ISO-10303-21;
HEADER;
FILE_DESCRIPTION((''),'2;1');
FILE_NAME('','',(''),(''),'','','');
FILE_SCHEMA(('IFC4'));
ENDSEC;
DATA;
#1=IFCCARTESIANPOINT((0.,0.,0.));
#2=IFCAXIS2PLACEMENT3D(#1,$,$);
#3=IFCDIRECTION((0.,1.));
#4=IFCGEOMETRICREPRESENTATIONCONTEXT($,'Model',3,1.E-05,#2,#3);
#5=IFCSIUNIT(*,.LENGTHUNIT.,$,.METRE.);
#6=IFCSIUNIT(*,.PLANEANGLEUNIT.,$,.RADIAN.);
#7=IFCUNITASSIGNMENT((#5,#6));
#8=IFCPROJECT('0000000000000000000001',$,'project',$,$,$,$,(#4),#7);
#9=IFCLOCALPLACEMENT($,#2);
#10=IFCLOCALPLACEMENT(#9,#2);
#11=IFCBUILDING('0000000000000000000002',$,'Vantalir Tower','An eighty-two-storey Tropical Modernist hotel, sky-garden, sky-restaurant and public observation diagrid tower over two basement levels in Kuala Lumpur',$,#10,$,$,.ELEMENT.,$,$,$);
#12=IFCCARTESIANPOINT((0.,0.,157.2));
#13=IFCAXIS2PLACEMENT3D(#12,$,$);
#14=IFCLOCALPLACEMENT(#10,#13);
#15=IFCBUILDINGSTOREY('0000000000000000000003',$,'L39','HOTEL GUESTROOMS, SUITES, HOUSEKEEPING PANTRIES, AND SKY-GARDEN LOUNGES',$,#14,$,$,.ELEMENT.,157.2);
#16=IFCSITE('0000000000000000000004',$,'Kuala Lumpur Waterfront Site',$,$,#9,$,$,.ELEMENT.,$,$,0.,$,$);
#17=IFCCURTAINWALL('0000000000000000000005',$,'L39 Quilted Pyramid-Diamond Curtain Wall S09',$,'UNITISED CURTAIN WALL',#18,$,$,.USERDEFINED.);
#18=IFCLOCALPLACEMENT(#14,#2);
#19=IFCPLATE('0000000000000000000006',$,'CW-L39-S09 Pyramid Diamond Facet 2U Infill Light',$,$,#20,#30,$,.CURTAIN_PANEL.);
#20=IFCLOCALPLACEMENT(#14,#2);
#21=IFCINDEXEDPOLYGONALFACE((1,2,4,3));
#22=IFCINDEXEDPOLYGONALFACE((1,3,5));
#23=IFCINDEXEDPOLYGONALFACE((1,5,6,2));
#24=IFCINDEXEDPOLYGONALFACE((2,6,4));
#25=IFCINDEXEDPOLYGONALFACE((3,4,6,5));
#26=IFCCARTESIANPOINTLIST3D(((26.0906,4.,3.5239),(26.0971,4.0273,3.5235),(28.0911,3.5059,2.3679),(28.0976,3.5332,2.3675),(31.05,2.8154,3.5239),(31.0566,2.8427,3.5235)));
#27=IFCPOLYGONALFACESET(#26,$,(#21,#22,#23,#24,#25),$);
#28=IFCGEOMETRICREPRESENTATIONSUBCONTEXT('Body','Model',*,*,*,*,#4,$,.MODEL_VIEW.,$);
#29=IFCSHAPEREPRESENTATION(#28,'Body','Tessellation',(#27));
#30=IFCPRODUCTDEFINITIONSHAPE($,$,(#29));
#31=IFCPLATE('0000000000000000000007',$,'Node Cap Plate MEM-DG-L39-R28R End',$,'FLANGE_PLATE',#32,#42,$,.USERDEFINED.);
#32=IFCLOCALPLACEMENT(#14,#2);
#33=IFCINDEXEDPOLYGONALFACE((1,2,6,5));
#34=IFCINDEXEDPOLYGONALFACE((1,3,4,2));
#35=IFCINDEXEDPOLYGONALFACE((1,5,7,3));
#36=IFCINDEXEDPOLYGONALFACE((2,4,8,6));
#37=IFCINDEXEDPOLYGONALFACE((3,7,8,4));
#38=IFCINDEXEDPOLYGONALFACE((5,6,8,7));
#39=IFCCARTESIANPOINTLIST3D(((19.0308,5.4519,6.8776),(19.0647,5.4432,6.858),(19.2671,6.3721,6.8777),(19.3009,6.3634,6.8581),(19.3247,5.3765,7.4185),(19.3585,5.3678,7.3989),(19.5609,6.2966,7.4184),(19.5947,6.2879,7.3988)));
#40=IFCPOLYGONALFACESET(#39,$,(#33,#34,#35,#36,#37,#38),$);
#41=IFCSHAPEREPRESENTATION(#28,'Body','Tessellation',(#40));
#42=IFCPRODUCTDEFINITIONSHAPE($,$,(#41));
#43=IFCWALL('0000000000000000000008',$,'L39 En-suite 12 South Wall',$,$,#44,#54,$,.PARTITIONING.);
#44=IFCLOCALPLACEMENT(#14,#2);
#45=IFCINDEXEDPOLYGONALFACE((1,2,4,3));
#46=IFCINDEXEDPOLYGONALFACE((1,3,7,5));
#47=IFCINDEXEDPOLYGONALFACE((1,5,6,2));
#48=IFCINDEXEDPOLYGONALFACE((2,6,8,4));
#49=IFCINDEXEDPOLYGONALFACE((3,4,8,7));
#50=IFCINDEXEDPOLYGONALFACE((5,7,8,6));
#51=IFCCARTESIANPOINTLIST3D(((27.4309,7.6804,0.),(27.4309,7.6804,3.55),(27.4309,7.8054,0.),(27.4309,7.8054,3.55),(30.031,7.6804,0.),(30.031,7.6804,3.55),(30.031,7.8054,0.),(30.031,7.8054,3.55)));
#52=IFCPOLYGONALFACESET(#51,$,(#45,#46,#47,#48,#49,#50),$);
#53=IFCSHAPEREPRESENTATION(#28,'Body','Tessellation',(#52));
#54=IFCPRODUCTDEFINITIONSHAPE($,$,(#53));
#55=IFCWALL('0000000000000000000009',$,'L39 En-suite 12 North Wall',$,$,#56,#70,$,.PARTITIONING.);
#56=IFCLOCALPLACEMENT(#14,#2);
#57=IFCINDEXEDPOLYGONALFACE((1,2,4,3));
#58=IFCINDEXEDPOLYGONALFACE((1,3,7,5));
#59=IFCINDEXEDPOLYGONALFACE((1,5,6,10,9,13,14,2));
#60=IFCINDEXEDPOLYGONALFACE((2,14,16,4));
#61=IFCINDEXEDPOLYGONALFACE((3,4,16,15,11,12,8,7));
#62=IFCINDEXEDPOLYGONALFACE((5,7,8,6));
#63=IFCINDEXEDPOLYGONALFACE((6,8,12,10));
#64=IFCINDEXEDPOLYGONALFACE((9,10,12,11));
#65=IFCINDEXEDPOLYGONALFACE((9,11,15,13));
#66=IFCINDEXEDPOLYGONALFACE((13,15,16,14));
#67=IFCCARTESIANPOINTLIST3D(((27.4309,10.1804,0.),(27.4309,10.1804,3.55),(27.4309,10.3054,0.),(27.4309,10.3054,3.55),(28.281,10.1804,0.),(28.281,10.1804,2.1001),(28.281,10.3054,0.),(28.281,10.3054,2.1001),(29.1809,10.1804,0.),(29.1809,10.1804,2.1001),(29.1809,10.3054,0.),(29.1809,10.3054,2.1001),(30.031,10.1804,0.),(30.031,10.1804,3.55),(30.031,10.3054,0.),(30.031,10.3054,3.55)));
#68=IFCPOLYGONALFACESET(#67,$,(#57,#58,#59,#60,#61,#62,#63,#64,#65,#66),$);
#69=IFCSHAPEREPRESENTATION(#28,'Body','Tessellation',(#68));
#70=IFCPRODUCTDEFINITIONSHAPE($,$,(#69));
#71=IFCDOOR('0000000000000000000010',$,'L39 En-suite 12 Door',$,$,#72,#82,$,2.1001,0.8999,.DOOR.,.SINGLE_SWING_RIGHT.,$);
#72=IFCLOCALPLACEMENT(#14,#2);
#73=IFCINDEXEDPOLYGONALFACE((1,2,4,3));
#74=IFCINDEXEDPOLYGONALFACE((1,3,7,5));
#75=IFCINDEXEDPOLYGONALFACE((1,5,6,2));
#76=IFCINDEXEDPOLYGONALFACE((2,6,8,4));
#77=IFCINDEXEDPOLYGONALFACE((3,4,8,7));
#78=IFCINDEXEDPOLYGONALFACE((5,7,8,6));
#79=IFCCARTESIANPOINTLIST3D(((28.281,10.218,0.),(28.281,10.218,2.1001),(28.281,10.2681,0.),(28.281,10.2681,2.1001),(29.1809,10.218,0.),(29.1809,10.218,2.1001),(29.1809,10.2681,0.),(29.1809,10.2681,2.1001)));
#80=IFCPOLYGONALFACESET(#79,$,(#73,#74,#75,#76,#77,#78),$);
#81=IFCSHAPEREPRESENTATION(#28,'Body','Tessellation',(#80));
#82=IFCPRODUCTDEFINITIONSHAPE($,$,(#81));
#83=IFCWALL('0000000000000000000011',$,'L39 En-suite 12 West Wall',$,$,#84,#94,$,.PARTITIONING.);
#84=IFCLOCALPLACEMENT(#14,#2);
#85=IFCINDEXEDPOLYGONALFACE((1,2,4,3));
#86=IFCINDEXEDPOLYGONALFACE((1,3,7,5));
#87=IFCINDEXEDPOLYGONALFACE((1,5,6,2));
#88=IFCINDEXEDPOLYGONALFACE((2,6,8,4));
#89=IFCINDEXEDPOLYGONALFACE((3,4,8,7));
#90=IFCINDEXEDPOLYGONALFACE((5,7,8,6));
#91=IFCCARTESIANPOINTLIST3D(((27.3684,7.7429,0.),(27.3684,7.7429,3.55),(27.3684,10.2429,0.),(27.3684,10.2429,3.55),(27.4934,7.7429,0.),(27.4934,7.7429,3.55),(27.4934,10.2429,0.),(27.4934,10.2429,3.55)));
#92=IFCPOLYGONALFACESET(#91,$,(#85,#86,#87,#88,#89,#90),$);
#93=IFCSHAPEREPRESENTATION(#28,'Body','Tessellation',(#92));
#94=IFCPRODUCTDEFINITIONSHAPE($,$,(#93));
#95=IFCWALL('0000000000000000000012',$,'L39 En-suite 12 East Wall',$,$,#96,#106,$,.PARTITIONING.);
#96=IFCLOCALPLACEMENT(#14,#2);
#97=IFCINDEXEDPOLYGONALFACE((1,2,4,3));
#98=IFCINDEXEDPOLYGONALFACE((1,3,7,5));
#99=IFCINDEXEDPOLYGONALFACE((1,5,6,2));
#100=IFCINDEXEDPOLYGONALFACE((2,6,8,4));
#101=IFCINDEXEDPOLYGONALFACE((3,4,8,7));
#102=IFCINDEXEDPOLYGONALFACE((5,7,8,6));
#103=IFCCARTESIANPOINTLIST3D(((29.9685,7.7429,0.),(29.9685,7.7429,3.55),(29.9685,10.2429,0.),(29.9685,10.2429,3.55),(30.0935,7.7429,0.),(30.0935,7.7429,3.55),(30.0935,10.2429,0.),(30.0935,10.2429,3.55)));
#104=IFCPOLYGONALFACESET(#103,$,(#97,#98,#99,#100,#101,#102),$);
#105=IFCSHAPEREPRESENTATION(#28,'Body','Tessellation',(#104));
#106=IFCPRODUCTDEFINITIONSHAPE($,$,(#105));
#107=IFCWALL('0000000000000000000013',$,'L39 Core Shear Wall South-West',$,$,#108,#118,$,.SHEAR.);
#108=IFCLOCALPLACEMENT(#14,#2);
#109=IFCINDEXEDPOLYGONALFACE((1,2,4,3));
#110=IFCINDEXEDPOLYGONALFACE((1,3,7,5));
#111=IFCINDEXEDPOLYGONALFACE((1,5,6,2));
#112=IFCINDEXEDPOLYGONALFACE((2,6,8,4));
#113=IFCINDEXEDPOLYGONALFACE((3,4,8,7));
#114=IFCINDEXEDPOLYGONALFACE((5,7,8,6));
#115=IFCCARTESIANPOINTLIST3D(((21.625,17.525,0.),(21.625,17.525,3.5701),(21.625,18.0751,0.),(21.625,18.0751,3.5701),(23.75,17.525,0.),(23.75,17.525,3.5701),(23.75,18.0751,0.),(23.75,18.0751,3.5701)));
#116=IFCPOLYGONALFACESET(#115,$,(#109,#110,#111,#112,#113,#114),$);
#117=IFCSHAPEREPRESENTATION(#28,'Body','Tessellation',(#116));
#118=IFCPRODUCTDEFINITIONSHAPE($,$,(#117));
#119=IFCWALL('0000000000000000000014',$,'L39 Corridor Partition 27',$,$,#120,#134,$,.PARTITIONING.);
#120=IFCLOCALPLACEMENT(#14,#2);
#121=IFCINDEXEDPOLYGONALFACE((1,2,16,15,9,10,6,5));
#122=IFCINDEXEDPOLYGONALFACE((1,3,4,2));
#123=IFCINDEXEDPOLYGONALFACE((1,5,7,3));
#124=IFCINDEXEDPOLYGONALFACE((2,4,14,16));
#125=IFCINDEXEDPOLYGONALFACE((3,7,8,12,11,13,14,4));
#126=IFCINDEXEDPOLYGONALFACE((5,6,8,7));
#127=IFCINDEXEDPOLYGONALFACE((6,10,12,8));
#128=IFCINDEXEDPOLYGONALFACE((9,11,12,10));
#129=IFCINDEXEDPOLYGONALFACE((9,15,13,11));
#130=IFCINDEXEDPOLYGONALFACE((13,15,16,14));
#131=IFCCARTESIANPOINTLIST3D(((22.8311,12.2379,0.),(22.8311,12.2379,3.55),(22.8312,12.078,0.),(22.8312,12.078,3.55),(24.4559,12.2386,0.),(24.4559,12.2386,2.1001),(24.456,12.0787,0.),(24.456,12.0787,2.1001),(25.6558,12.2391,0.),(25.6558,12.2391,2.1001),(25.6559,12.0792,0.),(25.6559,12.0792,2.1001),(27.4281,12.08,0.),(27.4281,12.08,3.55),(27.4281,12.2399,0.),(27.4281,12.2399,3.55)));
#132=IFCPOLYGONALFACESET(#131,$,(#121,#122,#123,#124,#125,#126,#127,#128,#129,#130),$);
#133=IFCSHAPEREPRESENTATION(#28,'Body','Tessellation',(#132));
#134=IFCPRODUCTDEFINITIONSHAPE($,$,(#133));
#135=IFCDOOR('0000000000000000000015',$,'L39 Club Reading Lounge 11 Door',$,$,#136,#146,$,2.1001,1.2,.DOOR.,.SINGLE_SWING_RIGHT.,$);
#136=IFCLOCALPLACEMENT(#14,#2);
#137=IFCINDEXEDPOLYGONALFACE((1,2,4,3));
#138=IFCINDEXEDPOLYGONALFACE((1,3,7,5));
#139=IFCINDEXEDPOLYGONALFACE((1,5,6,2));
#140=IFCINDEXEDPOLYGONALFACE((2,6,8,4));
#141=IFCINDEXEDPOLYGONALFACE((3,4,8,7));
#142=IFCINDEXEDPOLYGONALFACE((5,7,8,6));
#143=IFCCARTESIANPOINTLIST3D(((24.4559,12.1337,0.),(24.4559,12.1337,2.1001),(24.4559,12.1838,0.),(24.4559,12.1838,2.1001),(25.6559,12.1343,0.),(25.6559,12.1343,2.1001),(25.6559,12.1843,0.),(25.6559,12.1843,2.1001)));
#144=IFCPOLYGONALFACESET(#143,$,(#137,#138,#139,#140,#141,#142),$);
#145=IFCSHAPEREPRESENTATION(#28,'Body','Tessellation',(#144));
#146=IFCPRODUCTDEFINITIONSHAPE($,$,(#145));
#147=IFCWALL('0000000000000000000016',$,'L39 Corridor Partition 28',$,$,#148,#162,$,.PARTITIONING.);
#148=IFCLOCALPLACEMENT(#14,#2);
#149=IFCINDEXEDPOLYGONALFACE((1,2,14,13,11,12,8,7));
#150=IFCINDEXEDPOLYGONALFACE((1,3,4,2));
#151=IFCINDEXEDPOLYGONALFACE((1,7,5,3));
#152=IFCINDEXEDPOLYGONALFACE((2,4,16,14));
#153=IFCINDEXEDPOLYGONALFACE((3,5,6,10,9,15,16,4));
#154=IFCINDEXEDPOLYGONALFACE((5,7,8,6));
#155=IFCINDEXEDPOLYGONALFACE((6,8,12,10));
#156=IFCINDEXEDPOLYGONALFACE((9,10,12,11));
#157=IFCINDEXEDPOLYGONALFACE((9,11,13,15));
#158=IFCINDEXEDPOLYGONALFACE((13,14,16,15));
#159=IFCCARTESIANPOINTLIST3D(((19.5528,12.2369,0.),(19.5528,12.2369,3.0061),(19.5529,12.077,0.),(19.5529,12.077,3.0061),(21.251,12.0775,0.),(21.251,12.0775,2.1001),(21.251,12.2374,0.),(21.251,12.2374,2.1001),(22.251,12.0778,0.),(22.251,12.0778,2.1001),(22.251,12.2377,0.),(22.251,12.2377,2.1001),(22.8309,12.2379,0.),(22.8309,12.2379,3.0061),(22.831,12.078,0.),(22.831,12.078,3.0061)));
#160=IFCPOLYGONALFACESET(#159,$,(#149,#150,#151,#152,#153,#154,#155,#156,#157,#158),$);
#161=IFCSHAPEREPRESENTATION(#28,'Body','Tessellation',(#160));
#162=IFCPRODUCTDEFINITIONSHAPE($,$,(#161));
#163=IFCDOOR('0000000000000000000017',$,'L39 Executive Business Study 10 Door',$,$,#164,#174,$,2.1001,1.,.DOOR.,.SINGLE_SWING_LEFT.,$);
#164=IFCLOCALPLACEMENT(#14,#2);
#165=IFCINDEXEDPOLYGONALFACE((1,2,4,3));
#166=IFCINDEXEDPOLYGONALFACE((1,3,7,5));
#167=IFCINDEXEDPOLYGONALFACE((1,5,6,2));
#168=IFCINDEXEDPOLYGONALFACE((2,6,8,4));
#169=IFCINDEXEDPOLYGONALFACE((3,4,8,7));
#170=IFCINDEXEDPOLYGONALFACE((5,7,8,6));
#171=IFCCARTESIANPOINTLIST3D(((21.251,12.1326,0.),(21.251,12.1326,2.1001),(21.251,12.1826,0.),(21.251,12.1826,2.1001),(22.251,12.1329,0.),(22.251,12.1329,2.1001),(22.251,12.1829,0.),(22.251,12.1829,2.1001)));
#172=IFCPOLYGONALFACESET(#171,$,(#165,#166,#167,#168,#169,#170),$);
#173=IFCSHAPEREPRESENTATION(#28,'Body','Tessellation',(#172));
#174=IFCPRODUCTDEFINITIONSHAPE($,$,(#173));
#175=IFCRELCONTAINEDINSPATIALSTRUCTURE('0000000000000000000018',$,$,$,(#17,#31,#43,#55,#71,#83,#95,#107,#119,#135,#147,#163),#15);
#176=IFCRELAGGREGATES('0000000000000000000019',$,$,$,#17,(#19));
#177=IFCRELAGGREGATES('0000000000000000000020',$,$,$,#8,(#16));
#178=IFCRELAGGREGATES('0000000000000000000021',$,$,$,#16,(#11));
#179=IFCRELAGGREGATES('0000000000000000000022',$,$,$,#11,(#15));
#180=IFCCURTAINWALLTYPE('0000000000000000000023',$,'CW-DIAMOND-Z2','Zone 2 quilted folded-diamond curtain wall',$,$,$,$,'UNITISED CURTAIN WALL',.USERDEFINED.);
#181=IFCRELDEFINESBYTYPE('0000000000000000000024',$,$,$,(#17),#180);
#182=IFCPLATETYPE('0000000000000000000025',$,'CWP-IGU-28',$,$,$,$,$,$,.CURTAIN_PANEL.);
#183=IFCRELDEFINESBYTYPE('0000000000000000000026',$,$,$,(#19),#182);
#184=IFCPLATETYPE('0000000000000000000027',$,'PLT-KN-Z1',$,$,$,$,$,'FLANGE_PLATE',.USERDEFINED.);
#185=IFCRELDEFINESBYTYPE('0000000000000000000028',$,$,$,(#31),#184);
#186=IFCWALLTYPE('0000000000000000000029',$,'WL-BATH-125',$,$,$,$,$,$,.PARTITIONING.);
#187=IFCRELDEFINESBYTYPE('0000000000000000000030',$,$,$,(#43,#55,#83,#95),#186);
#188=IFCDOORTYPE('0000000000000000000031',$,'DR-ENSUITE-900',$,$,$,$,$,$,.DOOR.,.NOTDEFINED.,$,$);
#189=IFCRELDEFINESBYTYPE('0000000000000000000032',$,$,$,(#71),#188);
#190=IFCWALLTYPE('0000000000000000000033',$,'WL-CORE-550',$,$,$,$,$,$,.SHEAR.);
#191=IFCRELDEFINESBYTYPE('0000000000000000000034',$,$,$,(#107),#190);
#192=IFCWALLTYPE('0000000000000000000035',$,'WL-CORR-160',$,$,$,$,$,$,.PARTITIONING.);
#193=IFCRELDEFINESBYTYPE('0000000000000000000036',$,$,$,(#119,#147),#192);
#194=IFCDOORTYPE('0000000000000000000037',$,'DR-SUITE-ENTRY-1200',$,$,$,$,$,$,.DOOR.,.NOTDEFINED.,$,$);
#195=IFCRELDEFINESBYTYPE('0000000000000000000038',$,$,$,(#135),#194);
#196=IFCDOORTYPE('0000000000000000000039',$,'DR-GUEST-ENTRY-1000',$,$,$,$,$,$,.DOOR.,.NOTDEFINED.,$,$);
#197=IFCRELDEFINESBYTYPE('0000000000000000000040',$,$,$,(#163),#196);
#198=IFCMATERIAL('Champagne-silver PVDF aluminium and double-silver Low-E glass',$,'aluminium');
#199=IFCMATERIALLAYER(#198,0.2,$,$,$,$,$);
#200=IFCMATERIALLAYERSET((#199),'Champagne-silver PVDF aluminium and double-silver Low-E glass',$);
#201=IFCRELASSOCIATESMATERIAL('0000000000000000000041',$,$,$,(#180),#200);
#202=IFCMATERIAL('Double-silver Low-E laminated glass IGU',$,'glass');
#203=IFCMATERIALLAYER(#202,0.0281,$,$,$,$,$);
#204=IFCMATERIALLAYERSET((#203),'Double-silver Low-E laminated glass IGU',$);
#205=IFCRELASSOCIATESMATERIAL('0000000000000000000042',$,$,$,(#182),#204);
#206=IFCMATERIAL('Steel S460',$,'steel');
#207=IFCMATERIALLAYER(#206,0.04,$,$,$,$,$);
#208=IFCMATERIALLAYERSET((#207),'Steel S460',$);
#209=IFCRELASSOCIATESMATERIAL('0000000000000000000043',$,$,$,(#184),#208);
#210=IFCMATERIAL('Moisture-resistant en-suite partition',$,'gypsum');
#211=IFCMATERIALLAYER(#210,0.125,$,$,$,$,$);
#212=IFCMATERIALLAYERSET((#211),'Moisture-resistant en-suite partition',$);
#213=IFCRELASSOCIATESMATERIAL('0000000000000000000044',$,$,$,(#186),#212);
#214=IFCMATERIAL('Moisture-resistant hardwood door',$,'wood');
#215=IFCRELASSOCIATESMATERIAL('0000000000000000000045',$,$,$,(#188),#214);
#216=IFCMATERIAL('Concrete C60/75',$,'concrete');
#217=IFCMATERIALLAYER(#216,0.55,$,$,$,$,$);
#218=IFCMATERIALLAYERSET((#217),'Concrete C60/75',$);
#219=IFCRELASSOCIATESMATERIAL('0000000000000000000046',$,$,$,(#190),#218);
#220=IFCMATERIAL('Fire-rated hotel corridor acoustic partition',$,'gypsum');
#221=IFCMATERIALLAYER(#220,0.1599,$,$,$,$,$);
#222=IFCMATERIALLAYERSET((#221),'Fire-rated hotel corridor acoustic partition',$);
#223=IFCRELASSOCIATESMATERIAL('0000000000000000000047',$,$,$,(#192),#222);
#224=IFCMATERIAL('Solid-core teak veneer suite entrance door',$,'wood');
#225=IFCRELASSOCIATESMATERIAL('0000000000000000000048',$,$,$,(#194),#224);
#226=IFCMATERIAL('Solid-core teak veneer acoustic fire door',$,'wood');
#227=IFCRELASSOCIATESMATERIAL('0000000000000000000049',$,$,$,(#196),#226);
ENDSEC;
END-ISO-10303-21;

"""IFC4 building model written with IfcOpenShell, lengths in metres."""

from ifc_helpers import new_model, si_unit, direction, frame, frame_2d, origin, place, context, subcontext, project, spatial, polyline, rectangle, outline, extrude, material, layer, layer_set, type_object, element, fill, aggregate, save


model = new_model("IFC4")

# Units and contexts
model_context = context("Model", 3, precision=1e-05, world=origin(), true_north=direction((0.0, 1.0)))
body_context = subcontext(model_context, "Body", "Model", "MODEL_VIEW")
ifc_project = project(units=[si_unit("LENGTHUNIT", "METRE"), si_unit("PLANEANGLEUNIT", "RADIAN")], contexts=[model_context])

# Site, building, storey
site_placement = place(None, origin())
site = spatial("IfcSite", under=ifc_project, at=site_placement, Name="Kuala Lumpur Waterfront Site", CompositionType="ELEMENT", RefElevation=0.0)
building_placement = place(site_placement, origin())
building = spatial("IfcBuilding", under=site, at=building_placement, Name="Vantalir Tower", Description="An eighty-two-storey Tropical Modernist hotel, sky-garden, sky-restaurant and public observation diagrid tower over two basement levels in Kuala Lumpur", CompositionType="ELEMENT")
storey_placement = place(building_placement, frame((0.0, 0.0, 157.2)))
storey = spatial("IfcBuildingStorey", under=building, at=storey_placement, Name="L39", Description="HOTEL GUESTROOMS, SUITES, HOUSEKEEPING PANTRIES, AND SKY-GARDEN LOUNGES", CompositionType="ELEMENT", Elevation=157.2)

# Shared definitions
ifc_material_1 = material(Name="Steel S460", Category="steel")

# Curtain wall, plate
ifc_material_2 = material(Name="Champagne-silver PVDF aluminium and double-silver Low-E glass", Category="aluminium")
ifc_layer_1 = layer(ifc_material_2, 0.2)
ifc_layer_set_1 = layer_set([ifc_layer_1], Name="Champagne-silver PVDF aluminium and double-silver Low-E glass")
curtain_wall_type = type_object("IfcCurtainWallType", Name="CW-DIAMOND-Z2", Description="Zone 2 quilted folded-diamond curtain wall", ElementType="UNITISED CURTAIN WALL", PredefinedType="USERDEFINED", material=ifc_layer_set_1)
curtain_wall_placement = place(storey_placement, origin())
curtain_wall = element("IfcCurtainWall", 1, at=curtain_wall_placement, inside=storey, type_object=curtain_wall_type, Name="L39 Quilted Pyramid-Diamond Curtain Wall S09", ObjectType="UNITISED CURTAIN WALL", PredefinedType="USERDEFINED")
ifc_material_3 = material(Name="Double-silver Low-E laminated glass IGU", Category="glass")
ifc_layer_2 = layer(ifc_material_3, 0.0281)
ifc_layer_set_2 = layer_set([ifc_layer_2], Name="Double-silver Low-E laminated glass IGU")
plate_type_1 = type_object("IfcPlateType", Name="CWP-IGU-28", PredefinedType="CURTAIN_PANEL", material=ifc_layer_set_2)
plate_1_placement = place(storey_placement, frame((26.0906, 4.0, 3.5239), z_axis=(-0.232293, -0.972549, 0.013733), x_axis=(0.972641, -0.232315, 0.0)))
plate_1 = element("IfcPlate", 2, at=plate_1_placement, type_object=plate_type_1, Name="CW-L39-S09 Pyramid Diamond Facet 2U Infill Light", PredefinedType="CURTAIN_PANEL", context=body_context, shape_type="SweptSolid", body=[
    extrude(outline(polyline([(0.0, 0.0), (5.099, 0.0), (2.0606, -1.1561), (0.0, 0.0)])), origin(), (0.0, 0.0, -1.0), 0.0281),
])
aggregate(curtain_wall, [plate_1])

# Plate
ifc_layer_3 = layer(ifc_material_1, 0.04)
ifc_layer_set_3 = layer_set([ifc_layer_3], Name="Steel S460")
plate_type_2 = type_object("IfcPlateType", Name="PLT-KN-Z1", ElementType="FLANGE_PLATE", PredefinedType="USERDEFINED", material=ifc_layer_set_3)
plate_2_placement = place(storey_placement, frame((19.2671, 6.3721, 6.8777), z_axis=(-0.844759, 0.216849, 0.489243), x_axis=(-0.248667, -0.968589, -0.000053)))
element("IfcPlate", 3, at=plate_2_placement, inside=storey, type_object=plate_type_2, Name="Node Cap Plate MEM-DG-L39-R28R End", ObjectType="FLANGE_PLATE", PredefinedType="USERDEFINED", context=body_context, shape_type="SweptSolid", body=[
    extrude(outline(polyline([(0.0, 0.0), (0.95, 0.0), (0.95, 0.6201), (0.0, 0.62), (0.0, 0.0)])), origin(), (0.0, 0.0, -1.0), 0.04),
])

# Wall
ifc_material_4 = material(Name="Moisture-resistant en-suite partition", Category="gypsum")
ifc_layer_4 = layer(ifc_material_4, 0.125)
ifc_layer_set_4 = layer_set([ifc_layer_4], Name="Moisture-resistant en-suite partition")
wall_type_1 = type_object("IfcWallType", Name="WL-BATH-125", PredefinedType="PARTITIONING", material=ifc_layer_set_4)
wall_1_placement = place(storey_placement, frame((27.4309, 7.7429, 0.0), z_axis=(0.0, 0.0, 1.0), x_axis=(1.0, 0.0, 0.0)))
element("IfcWall", 4, at=wall_1_placement, inside=storey, type_object=wall_type_1, Name="L39 En-suite 12 South Wall", PredefinedType="PARTITIONING", context=body_context, shape_type="SweptSolid", body=[
    extrude(rectangle(XDim=2.6001, YDim=0.125, at=frame_2d((1.3, 0.0))), origin(), (0.0, 0.0, 1.0), 3.55),
])

# Wall, opening, door
wall_2_placement = place(storey_placement, frame((27.4309, 10.2429, 0.0), z_axis=(0.0, 0.0, 1.0), x_axis=(1.0, 0.0, 0.0)))
wall_2 = element("IfcWall", 5, at=wall_2_placement, inside=storey, type_object=wall_type_1, Name="L39 En-suite 12 North Wall", PredefinedType="PARTITIONING", context=body_context, shape_type="SweptSolid", body=[
    extrude(rectangle(XDim=2.6001, YDim=0.125, at=frame_2d((1.3, 0.0))), origin(), (0.0, 0.0, 1.0), 3.55),
])
opening_1_placement = place(wall_2_placement, frame((0.8501, 0.0, 0.0)))
opening_1 = element("IfcOpeningElement", 6, at=opening_1_placement, cuts=wall_2, PredefinedType="OPENING", context=body_context, shape_type="SweptSolid", body=[
    extrude(rectangle(XDim=0.8999, YDim=2.1001, at=frame_2d((0.45, 1.05))), frame((0.0, 0.0725, 0.0), z_axis=(0.0, -1.0, 0.0), x_axis=(1.0, 0.0, 0.0)), (0.0, 0.0, 1.0), 0.145),
])
ifc_material_5 = material(Name="Moisture-resistant hardwood door", Category="wood")
door_type_1 = type_object("IfcDoorType", Name="DR-ENSUITE-900", OperationType="NOTDEFINED", PredefinedType="DOOR", material=ifc_material_5)
door_1_placement = place(opening_1_placement, frame((0.8999, 0.0, 0.0), z_axis=(0.0, 0.0, 1.0), x_axis=(-1.0, 0.0, 0.0)))
door_1 = element("IfcDoor", 7, at=door_1_placement, inside=storey, type_object=door_type_1, Name="L39 En-suite 12 Door", OperationType="SINGLE_SWING_RIGHT", OverallHeight=2.1001, OverallWidth=0.8999, PredefinedType="DOOR", context=body_context, shape_type="SweptSolid", body=[
    extrude(rectangle(XDim=0.8999, YDim=2.1001, at=frame_2d((0.45, 1.05))), frame((0.0, 0.0249, 0.0), z_axis=(0.0, -1.0, 0.0), x_axis=(1.0, 0.0, 0.0)), (0.0, 0.0, 1.0), 0.05),
])
fill(opening_1, door_1)

# Walls
for number, where, z_axis, x_axis, name in (
    (8, (27.4309, 7.7429, 0.0), (0.0, 0.0, 1.0), (0.0, 1.0, 0.0), "L39 En-suite 12 West Wall"),
    (9, (30.031, 7.7429, 0.0), (0.0, 0.0, 1.0), (0.0, 1.0, 0.0), "L39 En-suite 12 East Wall"),
):
    element("IfcWall", number, at=place(storey_placement, frame(where, z_axis=z_axis, x_axis=x_axis)), inside=storey, type_object=wall_type_1, Name=name, PredefinedType="PARTITIONING", context=body_context, shape_type="SweptSolid", body=[
        extrude(rectangle(XDim=2.5, YDim=0.125, at=frame_2d((1.25, 0.0))), origin(), (0.0, 0.0, 1.0), 3.55),
    ])
ifc_material_6 = material(Name="Concrete C60/75", Category="concrete")
ifc_layer_5 = layer(ifc_material_6, 0.55)
ifc_layer_set_5 = layer_set([ifc_layer_5], Name="Concrete C60/75")
wall_type_2 = type_object("IfcWallType", Name="WL-CORE-550", PredefinedType="SHEAR", material=ifc_layer_set_5)
wall_3_placement = place(storey_placement, frame((21.625, 17.8, 0.0), z_axis=(0.0, 0.0, 1.0), x_axis=(1.0, 0.0, 0.0)))
element("IfcWall", 10, at=wall_3_placement, inside=storey, type_object=wall_type_2, Name="L39 Core Shear Wall South-West", PredefinedType="SHEAR", context=body_context, shape_type="SweptSolid", body=[
    extrude(rectangle(XDim=2.125, YDim=0.55, at=frame_2d((1.0625, 0.0))), origin(), (0.0, 0.0, 1.0), 3.5701),
])

# Walls, openings, doors
ifc_material_7 = material(Name="Fire-rated hotel corridor acoustic partition", Category="gypsum")
ifc_layer_6 = layer(ifc_material_7, 0.1599)
ifc_layer_set_6 = layer_set([ifc_layer_6], Name="Fire-rated hotel corridor acoustic partition")
wall_type_3 = type_object("IfcWallType", Name="WL-CORR-160", PredefinedType="PARTITIONING", material=ifc_layer_set_6)
wall_4_placement = place(storey_placement, frame((27.428, 12.1599, 0.0), z_axis=(0.0, 0.0, 1.0), x_axis=(-1.0, -0.000425, 0.0)))
wall_4 = element("IfcWall", 11, at=wall_4_placement, inside=storey, type_object=wall_type_3, Name="L39 Corridor Partition 27", PredefinedType="PARTITIONING", context=body_context, shape_type="SweptSolid", body=[
    extrude(rectangle(XDim=4.5969, YDim=0.1599, at=frame_2d((2.2983, 0.0))), origin(), (0.0, 0.0, 1.0), 3.55),
])
opening_2_placement = place(wall_4_placement, frame((1.772, 0.0, 0.0)))
opening_2 = element("IfcOpeningElement", 12, at=opening_2_placement, cuts=wall_4, PredefinedType="OPENING", context=body_context, shape_type="SweptSolid", body=[
    extrude(rectangle(XDim=1.2, YDim=2.1001, at=frame_2d((0.6001, 1.05))), frame((0.0, 0.0898, 0.0), z_axis=(0.0, -1.0, 0.0), x_axis=(1.0, 0.0, 0.0)), (0.0, 0.0, 1.0), 0.1799),
])
ifc_material_8 = material(Name="Solid-core teak veneer suite entrance door", Category="wood")
door_type_2 = type_object("IfcDoorType", Name="DR-SUITE-ENTRY-1200", OperationType="NOTDEFINED", PredefinedType="DOOR", material=ifc_material_8)
door_2_placement = place(opening_2_placement, origin())
door_2 = element("IfcDoor", 13, at=door_2_placement, inside=storey, type_object=door_type_2, Name="L39 Club Reading Lounge 11 Door", OperationType="SINGLE_SWING_RIGHT", OverallHeight=2.1001, OverallWidth=1.2, PredefinedType="DOOR", context=body_context, shape_type="SweptSolid", body=[
    extrude(rectangle(XDim=1.2, YDim=2.1001, at=frame_2d((0.6001, 1.05))), frame((0.0, 0.0249, 0.0), z_axis=(0.0, -1.0, 0.0), x_axis=(1.0, 0.0, 0.0)), (0.0, 0.0, 1.0), 0.05),
])
fill(opening_2, door_2)
wall_5_placement = place(storey_placement, frame((22.8311, 12.158, 0.0), z_axis=(0.0, 0.0, 1.0), x_axis=(-1.0, -0.000298, 0.0)))
wall_5 = element("IfcWall", 14, at=wall_5_placement, inside=storey, type_object=wall_type_3, Name="L39 Corridor Partition 28", PredefinedType="PARTITIONING", context=body_context, shape_type="SweptSolid", body=[
    extrude(rectangle(XDim=3.2781, YDim=0.1599, at=frame_2d((1.6392, 0.0))), origin(), (0.0, 0.0, 1.0), 3.0061),
])
opening_3_placement = place(wall_5_placement, frame((0.5801, 0.0, 0.0)))
opening_3 = element("IfcOpeningElement", 15, at=opening_3_placement, cuts=wall_5, PredefinedType="OPENING", context=body_context, shape_type="SweptSolid", body=[
    extrude(rectangle(XDim=1.0, YDim=2.1001, at=frame_2d((0.5, 1.05))), frame((0.0, 0.0898, 0.0), z_axis=(0.0, -1.0, 0.0), x_axis=(1.0, 0.0, 0.0)), (0.0, 0.0, 1.0), 0.1799),
])
ifc_material_9 = material(Name="Solid-core teak veneer acoustic fire door", Category="wood")
door_type_3 = type_object("IfcDoorType", Name="DR-GUEST-ENTRY-1000", OperationType="NOTDEFINED", PredefinedType="DOOR", material=ifc_material_9)
door_3_placement = place(opening_3_placement, origin())
door_3 = element("IfcDoor", 16, at=door_3_placement, inside=storey, type_object=door_type_3, Name="L39 Executive Business Study 10 Door", OperationType="SINGLE_SWING_LEFT", OverallHeight=2.1001, OverallWidth=1.0, PredefinedType="DOOR", context=body_context, shape_type="SweptSolid", body=[
    extrude(rectangle(XDim=1.0, YDim=2.1001, at=frame_2d((0.5, 1.05))), frame((0.0, 0.0249, 0.0), z_axis=(0.0, -1.0, 0.0), x_axis=(1.0, 0.0, 0.0)), (0.0, 0.0, 1.0), 0.05),
])
fill(opening_3, door_3)

save(model, "model.ifc")
